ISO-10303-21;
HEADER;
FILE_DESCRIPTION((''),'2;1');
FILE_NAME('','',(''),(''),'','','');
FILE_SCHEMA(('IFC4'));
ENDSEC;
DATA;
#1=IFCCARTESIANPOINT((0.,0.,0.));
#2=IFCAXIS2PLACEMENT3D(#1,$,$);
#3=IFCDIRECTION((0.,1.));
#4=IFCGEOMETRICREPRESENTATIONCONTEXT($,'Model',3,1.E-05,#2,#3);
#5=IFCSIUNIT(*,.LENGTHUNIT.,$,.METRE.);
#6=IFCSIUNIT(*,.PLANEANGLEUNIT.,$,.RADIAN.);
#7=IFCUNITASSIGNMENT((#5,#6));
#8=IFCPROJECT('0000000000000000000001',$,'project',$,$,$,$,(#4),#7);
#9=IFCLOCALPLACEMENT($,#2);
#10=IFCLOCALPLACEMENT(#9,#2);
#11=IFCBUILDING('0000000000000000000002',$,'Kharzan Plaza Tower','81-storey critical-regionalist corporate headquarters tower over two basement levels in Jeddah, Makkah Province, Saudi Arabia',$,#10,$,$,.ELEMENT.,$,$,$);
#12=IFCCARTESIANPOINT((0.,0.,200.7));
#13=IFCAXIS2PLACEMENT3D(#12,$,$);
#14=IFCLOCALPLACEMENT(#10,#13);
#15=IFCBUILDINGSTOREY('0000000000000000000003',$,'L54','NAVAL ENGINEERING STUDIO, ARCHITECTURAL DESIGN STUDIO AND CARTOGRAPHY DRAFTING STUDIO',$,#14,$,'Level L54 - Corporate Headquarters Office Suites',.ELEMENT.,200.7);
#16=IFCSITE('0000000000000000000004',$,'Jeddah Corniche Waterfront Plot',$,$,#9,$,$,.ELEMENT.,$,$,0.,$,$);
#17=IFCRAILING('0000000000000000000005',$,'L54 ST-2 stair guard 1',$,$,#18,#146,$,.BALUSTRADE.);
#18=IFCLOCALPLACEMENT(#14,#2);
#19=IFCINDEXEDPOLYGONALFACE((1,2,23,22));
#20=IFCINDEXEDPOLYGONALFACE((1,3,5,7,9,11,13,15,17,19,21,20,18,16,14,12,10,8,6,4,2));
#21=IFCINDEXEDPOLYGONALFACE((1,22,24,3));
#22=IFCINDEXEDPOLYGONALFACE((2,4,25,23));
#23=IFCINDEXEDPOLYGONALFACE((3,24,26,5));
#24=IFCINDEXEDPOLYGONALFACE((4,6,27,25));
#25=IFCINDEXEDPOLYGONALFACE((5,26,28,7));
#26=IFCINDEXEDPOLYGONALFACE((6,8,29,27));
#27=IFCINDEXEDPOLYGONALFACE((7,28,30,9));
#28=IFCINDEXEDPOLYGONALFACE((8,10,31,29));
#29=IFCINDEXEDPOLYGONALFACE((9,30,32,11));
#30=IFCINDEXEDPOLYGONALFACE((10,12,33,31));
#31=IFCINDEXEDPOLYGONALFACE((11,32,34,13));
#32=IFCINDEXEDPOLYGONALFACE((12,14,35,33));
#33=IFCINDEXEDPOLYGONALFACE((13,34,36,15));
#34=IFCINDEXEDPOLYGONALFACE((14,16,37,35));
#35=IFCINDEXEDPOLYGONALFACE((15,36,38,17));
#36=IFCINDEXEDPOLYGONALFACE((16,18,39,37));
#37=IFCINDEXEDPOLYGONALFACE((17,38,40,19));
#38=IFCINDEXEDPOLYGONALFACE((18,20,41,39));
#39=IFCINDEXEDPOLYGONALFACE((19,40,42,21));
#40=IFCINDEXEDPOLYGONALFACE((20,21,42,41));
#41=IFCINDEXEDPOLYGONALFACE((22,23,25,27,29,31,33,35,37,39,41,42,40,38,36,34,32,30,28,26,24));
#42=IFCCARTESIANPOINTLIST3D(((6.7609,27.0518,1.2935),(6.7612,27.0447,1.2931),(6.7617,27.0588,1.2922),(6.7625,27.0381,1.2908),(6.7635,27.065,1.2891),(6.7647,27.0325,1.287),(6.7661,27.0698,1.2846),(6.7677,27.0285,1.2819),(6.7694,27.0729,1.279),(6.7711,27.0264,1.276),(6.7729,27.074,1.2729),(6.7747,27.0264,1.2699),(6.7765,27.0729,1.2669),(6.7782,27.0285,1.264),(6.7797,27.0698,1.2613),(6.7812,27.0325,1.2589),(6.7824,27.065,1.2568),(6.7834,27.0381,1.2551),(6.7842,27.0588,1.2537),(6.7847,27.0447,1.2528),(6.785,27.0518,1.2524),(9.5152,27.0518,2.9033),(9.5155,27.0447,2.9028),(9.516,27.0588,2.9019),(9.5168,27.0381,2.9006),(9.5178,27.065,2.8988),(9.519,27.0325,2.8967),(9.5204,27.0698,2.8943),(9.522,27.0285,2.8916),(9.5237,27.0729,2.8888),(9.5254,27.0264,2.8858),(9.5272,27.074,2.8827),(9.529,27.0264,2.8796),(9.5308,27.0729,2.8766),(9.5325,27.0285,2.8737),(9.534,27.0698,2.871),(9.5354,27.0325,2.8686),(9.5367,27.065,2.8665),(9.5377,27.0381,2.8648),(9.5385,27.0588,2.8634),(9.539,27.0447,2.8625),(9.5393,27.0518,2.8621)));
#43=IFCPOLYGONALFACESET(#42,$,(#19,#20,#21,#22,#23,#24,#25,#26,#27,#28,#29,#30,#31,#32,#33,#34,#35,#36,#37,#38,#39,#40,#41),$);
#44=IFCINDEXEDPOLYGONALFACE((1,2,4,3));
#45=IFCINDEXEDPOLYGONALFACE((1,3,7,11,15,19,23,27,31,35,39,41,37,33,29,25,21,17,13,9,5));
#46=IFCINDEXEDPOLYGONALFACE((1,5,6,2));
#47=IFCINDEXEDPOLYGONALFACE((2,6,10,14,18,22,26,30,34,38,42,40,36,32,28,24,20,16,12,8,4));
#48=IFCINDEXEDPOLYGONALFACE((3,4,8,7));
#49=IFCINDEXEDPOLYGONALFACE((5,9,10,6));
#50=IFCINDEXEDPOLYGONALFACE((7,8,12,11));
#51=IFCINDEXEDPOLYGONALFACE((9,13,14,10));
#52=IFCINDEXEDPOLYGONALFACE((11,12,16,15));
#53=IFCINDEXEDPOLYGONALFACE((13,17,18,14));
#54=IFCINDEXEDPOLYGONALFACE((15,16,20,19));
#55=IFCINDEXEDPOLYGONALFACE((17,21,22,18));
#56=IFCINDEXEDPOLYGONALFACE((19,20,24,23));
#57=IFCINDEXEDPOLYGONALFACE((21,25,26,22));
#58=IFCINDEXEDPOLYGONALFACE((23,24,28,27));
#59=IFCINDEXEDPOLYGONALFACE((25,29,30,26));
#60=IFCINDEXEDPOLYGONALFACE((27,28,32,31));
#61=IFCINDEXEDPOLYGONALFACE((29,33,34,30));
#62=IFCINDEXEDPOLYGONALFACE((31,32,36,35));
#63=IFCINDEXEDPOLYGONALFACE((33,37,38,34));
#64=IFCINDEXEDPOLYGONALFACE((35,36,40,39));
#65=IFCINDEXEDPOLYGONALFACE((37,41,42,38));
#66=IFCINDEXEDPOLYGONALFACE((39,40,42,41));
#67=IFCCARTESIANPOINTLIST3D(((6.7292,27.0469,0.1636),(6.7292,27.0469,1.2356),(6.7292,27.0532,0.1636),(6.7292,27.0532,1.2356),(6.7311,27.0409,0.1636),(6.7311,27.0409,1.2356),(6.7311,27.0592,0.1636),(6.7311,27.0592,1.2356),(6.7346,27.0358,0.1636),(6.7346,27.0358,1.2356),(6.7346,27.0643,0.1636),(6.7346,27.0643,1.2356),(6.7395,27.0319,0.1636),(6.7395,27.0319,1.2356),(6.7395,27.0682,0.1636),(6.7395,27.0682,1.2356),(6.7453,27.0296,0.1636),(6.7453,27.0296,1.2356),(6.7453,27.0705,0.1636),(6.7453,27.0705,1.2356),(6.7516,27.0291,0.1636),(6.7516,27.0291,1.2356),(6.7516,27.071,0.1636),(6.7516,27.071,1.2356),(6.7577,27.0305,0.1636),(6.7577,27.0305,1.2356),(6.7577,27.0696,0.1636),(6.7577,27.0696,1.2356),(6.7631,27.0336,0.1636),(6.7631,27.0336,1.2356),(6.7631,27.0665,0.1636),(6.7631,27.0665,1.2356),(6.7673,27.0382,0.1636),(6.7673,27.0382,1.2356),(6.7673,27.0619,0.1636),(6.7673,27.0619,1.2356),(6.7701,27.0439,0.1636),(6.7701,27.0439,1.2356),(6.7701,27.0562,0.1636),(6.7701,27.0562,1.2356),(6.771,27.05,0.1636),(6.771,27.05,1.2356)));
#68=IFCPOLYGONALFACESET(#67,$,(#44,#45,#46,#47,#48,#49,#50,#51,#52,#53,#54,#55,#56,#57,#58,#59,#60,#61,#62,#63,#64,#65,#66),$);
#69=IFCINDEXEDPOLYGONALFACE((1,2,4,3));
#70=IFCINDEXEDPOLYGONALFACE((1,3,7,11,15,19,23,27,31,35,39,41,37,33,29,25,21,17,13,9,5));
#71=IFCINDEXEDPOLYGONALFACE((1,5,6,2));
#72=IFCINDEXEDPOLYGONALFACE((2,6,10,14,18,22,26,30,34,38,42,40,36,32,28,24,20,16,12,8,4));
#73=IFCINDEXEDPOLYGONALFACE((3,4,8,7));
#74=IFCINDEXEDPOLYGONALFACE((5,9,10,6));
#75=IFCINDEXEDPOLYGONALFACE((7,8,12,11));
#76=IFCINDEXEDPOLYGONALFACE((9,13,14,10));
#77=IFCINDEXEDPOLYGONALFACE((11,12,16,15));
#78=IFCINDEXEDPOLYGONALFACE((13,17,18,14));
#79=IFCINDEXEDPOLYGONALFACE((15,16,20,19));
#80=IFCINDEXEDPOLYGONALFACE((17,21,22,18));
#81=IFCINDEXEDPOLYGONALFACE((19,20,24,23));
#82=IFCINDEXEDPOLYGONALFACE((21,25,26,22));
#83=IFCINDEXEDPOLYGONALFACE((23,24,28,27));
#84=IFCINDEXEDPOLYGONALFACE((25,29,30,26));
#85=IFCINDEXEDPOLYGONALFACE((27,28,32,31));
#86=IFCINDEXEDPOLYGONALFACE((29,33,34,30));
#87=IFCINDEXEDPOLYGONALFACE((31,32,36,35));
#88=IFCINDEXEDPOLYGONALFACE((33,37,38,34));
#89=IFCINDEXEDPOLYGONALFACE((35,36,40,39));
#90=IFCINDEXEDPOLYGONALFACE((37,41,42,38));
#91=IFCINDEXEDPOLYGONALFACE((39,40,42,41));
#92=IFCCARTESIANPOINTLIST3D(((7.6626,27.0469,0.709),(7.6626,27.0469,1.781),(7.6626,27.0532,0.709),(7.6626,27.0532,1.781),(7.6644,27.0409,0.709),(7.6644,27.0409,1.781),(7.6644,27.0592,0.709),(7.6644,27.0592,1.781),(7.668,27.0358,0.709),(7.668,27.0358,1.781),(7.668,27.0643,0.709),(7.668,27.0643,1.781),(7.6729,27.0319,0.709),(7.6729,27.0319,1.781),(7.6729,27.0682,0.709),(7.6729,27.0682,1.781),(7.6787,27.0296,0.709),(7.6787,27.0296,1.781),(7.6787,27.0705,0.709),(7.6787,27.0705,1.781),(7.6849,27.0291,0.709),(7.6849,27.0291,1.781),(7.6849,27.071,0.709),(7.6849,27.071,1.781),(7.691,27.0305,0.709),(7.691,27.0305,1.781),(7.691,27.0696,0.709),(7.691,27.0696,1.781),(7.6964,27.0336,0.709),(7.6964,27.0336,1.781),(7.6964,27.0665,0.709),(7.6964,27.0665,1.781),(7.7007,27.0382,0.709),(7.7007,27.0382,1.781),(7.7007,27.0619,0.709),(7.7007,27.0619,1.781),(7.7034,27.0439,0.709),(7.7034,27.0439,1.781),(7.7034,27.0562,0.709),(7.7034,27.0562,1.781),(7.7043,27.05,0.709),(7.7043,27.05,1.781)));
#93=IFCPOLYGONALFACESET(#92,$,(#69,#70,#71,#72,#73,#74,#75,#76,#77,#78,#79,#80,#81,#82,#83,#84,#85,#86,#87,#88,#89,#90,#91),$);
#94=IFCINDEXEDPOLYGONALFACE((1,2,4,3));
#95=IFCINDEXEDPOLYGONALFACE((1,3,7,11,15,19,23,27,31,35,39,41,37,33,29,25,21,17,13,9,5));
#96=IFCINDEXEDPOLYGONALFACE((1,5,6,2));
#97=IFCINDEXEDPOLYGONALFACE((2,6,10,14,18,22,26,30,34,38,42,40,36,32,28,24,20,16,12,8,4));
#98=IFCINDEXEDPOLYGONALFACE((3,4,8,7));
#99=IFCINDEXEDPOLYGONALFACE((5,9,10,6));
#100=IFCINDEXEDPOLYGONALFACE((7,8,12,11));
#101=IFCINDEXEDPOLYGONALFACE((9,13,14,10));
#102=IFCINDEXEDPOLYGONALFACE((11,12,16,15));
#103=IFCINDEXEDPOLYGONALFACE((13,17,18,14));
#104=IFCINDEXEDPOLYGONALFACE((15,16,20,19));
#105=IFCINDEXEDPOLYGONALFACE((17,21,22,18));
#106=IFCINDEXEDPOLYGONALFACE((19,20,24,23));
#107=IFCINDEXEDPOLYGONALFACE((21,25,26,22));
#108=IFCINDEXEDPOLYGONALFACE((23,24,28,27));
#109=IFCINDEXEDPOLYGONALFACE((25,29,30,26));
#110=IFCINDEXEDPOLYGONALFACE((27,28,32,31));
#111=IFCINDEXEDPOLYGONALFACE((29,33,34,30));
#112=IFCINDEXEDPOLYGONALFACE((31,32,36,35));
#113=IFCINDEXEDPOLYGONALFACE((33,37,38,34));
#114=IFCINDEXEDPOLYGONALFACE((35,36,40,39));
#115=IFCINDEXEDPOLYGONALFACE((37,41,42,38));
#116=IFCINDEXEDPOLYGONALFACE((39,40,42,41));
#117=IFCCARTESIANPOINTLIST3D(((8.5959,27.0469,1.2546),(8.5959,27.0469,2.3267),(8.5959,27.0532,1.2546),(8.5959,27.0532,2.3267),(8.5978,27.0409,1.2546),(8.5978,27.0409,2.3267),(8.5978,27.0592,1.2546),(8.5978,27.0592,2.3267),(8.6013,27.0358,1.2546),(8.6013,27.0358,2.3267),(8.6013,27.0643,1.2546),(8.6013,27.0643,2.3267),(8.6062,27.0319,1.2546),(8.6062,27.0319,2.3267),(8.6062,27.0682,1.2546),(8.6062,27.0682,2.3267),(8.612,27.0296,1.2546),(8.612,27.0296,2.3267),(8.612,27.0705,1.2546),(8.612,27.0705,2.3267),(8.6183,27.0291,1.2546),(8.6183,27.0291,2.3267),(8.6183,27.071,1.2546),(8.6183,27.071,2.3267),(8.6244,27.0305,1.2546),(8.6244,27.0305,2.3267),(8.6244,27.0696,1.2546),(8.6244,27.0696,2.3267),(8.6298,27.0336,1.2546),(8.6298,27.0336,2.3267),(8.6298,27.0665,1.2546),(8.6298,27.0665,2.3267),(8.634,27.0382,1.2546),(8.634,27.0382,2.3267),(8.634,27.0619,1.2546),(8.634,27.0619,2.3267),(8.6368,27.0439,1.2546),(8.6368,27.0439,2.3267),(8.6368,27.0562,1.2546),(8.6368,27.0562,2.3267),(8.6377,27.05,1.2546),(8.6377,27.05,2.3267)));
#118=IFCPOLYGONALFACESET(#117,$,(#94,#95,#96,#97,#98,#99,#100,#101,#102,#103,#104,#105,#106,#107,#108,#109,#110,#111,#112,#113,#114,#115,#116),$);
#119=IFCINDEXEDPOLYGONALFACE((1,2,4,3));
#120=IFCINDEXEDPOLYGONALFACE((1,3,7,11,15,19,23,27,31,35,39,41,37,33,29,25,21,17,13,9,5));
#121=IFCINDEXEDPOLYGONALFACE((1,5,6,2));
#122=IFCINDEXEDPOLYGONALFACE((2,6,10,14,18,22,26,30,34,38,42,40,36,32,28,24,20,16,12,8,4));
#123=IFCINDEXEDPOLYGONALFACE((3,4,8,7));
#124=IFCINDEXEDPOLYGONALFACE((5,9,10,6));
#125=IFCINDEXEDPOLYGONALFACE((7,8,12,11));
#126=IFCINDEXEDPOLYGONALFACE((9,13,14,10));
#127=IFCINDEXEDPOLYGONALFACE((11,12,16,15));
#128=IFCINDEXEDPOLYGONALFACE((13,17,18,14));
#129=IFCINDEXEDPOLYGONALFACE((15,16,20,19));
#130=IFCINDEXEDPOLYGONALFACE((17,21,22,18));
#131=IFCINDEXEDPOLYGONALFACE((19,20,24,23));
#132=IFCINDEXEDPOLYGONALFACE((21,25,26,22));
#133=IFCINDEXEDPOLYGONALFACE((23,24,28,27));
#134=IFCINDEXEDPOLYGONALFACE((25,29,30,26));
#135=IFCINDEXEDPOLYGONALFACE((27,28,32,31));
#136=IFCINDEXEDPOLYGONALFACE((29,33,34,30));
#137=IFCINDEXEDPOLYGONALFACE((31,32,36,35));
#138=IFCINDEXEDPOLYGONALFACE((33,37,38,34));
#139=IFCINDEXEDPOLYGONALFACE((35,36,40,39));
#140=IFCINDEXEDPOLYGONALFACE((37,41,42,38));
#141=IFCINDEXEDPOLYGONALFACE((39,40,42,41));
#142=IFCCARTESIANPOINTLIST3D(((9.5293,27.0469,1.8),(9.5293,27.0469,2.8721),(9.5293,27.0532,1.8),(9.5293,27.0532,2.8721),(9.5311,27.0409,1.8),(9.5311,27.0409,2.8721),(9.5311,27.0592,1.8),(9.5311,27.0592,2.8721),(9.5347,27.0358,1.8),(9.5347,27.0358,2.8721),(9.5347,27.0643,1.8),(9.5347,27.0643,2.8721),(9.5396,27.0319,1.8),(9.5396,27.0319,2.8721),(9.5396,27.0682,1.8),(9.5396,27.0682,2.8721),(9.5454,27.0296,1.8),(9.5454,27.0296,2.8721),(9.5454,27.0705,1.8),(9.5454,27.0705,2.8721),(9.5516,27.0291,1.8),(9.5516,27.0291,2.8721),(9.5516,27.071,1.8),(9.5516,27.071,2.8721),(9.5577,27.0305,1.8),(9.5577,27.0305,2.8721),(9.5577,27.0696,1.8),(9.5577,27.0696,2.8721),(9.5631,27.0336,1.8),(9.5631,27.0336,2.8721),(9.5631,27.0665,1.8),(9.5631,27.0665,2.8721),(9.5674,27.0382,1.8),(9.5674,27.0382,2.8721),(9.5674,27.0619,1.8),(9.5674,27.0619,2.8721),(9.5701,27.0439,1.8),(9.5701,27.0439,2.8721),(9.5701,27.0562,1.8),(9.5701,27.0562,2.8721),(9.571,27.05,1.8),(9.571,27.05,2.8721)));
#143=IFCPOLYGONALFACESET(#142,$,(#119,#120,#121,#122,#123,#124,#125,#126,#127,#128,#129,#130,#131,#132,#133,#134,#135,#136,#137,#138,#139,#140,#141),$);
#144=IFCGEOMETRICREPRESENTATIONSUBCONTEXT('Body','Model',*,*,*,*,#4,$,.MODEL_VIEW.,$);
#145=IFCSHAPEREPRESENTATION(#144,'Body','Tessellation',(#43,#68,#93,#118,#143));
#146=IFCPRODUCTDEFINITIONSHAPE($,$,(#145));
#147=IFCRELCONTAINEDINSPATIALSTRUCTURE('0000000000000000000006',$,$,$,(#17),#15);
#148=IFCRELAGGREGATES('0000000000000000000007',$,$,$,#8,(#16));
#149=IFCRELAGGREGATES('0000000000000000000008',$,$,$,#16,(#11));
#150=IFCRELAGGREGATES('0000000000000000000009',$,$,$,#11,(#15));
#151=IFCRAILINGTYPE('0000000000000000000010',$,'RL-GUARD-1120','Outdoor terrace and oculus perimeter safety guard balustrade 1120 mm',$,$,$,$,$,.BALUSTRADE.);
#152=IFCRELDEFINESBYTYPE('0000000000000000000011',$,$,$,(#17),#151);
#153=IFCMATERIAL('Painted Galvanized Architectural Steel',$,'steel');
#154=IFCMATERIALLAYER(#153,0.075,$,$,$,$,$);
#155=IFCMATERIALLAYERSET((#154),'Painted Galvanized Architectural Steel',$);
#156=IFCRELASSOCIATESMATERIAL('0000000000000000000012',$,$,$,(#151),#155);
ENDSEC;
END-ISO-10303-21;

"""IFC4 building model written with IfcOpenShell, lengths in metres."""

from ifc_helpers import new_model, si_unit, direction, frame, origin, origin_2d, place, context, subcontext, project, spatial, circle, extrude, source, transform, mapped, material, layer, layer_set, type_object, element, save


model = new_model("IFC4")

# Units and contexts
model_context = context("Model", 3, precision=1e-05, world=origin(), true_north=direction((0.0, 1.0)))
body_context = subcontext(model_context, "Body", "Model", "MODEL_VIEW")
ifc_project = project(units=[si_unit("LENGTHUNIT", "METRE"), si_unit("PLANEANGLEUNIT", "RADIAN")], contexts=[model_context])

# Site, building, storey
site_placement = place(None, origin())
site = spatial("IfcSite", under=ifc_project, at=site_placement, Name="Jeddah Corniche Waterfront Plot", CompositionType="ELEMENT", RefElevation=0.0)
building_placement = place(site_placement, origin())
building = spatial("IfcBuilding", under=site, at=building_placement, Name="Kharzan Plaza Tower", Description="81-storey critical-regionalist corporate headquarters tower over two basement levels in Jeddah, Makkah Province, Saudi Arabia", CompositionType="ELEMENT")
storey_placement = place(building_placement, frame((0.0, 0.0, 200.7)))
storey = spatial("IfcBuildingStorey", under=building, at=storey_placement, Name="L54", Description="NAVAL ENGINEERING STUDIO, ARCHITECTURAL DESIGN STUDIO AND CARTOGRAPHY DRAFTING STUDIO", LongName="Level L54 - Corporate Headquarters Office Suites", CompositionType="ELEMENT", Elevation=200.7)

# Railing
ifc_material_1 = material(Name="Painted Galvanized Architectural Steel", Category="steel")
ifc_layer_1 = layer(ifc_material_1, 0.075)
ifc_layer_set_1 = layer_set([ifc_layer_1], Name="Painted Galvanized Architectural Steel")
railing_type_1 = type_object("IfcRailingType", Name="RL-GUARD-1120", Description="Outdoor terrace and oculus perimeter safety guard balustrade 1120 mm", PredefinedType="BALUSTRADE", material=ifc_layer_set_1)
shared_shape_1 = source(origin(), body_context, "Body", "SweptSolid", [
    extrude(circle(Radius=0.0239, at=origin_2d()), frame((0.0229, 0.0, 1.1094), z_axis=(0.863361, 0.0, 0.504587), x_axis=(0.0, 1.0, 0.0)), (0.0, 0.0, 1.0), 3.1902),
    extrude(circle(Radius=0.021, at=origin_2d()), origin(), (0.0, 0.0, 1.0), 1.072),
    extrude(circle(Radius=0.021, at=origin_2d()), frame((0.9333, 0.0, 0.5454)), (0.0, 0.0, 1.0), 1.072),
    extrude(circle(Radius=0.021, at=origin_2d()), frame((1.8667, 0.0, 1.0911)), (0.0, 0.0, 1.0), 1.072),
    extrude(circle(Radius=0.021, at=origin_2d()), frame((2.8, 0.0, 1.6365)), (0.0, 0.0, 1.0), 1.072),
])
railing_1_placement = place(storey_placement, frame((6.75, 27.05, 0.1636)))
element("IfcRailing", 1, at=railing_1_placement, inside=storey, type_object=railing_type_1, Name="L54 ST-2 stair guard 1", PredefinedType="BALUSTRADE", context=body_context, shape_type="MappedRepresentation", body=[
    mapped(shared_shape_1, transform((0.0, 0.0, 0.0), x_axis=(1.0, 0.0, 0.0), y_axis=(0.0, 1.0, 0.0), z_axis=(0.0, 0.0, 1.0))),
])

save(model, "model.ifc")
